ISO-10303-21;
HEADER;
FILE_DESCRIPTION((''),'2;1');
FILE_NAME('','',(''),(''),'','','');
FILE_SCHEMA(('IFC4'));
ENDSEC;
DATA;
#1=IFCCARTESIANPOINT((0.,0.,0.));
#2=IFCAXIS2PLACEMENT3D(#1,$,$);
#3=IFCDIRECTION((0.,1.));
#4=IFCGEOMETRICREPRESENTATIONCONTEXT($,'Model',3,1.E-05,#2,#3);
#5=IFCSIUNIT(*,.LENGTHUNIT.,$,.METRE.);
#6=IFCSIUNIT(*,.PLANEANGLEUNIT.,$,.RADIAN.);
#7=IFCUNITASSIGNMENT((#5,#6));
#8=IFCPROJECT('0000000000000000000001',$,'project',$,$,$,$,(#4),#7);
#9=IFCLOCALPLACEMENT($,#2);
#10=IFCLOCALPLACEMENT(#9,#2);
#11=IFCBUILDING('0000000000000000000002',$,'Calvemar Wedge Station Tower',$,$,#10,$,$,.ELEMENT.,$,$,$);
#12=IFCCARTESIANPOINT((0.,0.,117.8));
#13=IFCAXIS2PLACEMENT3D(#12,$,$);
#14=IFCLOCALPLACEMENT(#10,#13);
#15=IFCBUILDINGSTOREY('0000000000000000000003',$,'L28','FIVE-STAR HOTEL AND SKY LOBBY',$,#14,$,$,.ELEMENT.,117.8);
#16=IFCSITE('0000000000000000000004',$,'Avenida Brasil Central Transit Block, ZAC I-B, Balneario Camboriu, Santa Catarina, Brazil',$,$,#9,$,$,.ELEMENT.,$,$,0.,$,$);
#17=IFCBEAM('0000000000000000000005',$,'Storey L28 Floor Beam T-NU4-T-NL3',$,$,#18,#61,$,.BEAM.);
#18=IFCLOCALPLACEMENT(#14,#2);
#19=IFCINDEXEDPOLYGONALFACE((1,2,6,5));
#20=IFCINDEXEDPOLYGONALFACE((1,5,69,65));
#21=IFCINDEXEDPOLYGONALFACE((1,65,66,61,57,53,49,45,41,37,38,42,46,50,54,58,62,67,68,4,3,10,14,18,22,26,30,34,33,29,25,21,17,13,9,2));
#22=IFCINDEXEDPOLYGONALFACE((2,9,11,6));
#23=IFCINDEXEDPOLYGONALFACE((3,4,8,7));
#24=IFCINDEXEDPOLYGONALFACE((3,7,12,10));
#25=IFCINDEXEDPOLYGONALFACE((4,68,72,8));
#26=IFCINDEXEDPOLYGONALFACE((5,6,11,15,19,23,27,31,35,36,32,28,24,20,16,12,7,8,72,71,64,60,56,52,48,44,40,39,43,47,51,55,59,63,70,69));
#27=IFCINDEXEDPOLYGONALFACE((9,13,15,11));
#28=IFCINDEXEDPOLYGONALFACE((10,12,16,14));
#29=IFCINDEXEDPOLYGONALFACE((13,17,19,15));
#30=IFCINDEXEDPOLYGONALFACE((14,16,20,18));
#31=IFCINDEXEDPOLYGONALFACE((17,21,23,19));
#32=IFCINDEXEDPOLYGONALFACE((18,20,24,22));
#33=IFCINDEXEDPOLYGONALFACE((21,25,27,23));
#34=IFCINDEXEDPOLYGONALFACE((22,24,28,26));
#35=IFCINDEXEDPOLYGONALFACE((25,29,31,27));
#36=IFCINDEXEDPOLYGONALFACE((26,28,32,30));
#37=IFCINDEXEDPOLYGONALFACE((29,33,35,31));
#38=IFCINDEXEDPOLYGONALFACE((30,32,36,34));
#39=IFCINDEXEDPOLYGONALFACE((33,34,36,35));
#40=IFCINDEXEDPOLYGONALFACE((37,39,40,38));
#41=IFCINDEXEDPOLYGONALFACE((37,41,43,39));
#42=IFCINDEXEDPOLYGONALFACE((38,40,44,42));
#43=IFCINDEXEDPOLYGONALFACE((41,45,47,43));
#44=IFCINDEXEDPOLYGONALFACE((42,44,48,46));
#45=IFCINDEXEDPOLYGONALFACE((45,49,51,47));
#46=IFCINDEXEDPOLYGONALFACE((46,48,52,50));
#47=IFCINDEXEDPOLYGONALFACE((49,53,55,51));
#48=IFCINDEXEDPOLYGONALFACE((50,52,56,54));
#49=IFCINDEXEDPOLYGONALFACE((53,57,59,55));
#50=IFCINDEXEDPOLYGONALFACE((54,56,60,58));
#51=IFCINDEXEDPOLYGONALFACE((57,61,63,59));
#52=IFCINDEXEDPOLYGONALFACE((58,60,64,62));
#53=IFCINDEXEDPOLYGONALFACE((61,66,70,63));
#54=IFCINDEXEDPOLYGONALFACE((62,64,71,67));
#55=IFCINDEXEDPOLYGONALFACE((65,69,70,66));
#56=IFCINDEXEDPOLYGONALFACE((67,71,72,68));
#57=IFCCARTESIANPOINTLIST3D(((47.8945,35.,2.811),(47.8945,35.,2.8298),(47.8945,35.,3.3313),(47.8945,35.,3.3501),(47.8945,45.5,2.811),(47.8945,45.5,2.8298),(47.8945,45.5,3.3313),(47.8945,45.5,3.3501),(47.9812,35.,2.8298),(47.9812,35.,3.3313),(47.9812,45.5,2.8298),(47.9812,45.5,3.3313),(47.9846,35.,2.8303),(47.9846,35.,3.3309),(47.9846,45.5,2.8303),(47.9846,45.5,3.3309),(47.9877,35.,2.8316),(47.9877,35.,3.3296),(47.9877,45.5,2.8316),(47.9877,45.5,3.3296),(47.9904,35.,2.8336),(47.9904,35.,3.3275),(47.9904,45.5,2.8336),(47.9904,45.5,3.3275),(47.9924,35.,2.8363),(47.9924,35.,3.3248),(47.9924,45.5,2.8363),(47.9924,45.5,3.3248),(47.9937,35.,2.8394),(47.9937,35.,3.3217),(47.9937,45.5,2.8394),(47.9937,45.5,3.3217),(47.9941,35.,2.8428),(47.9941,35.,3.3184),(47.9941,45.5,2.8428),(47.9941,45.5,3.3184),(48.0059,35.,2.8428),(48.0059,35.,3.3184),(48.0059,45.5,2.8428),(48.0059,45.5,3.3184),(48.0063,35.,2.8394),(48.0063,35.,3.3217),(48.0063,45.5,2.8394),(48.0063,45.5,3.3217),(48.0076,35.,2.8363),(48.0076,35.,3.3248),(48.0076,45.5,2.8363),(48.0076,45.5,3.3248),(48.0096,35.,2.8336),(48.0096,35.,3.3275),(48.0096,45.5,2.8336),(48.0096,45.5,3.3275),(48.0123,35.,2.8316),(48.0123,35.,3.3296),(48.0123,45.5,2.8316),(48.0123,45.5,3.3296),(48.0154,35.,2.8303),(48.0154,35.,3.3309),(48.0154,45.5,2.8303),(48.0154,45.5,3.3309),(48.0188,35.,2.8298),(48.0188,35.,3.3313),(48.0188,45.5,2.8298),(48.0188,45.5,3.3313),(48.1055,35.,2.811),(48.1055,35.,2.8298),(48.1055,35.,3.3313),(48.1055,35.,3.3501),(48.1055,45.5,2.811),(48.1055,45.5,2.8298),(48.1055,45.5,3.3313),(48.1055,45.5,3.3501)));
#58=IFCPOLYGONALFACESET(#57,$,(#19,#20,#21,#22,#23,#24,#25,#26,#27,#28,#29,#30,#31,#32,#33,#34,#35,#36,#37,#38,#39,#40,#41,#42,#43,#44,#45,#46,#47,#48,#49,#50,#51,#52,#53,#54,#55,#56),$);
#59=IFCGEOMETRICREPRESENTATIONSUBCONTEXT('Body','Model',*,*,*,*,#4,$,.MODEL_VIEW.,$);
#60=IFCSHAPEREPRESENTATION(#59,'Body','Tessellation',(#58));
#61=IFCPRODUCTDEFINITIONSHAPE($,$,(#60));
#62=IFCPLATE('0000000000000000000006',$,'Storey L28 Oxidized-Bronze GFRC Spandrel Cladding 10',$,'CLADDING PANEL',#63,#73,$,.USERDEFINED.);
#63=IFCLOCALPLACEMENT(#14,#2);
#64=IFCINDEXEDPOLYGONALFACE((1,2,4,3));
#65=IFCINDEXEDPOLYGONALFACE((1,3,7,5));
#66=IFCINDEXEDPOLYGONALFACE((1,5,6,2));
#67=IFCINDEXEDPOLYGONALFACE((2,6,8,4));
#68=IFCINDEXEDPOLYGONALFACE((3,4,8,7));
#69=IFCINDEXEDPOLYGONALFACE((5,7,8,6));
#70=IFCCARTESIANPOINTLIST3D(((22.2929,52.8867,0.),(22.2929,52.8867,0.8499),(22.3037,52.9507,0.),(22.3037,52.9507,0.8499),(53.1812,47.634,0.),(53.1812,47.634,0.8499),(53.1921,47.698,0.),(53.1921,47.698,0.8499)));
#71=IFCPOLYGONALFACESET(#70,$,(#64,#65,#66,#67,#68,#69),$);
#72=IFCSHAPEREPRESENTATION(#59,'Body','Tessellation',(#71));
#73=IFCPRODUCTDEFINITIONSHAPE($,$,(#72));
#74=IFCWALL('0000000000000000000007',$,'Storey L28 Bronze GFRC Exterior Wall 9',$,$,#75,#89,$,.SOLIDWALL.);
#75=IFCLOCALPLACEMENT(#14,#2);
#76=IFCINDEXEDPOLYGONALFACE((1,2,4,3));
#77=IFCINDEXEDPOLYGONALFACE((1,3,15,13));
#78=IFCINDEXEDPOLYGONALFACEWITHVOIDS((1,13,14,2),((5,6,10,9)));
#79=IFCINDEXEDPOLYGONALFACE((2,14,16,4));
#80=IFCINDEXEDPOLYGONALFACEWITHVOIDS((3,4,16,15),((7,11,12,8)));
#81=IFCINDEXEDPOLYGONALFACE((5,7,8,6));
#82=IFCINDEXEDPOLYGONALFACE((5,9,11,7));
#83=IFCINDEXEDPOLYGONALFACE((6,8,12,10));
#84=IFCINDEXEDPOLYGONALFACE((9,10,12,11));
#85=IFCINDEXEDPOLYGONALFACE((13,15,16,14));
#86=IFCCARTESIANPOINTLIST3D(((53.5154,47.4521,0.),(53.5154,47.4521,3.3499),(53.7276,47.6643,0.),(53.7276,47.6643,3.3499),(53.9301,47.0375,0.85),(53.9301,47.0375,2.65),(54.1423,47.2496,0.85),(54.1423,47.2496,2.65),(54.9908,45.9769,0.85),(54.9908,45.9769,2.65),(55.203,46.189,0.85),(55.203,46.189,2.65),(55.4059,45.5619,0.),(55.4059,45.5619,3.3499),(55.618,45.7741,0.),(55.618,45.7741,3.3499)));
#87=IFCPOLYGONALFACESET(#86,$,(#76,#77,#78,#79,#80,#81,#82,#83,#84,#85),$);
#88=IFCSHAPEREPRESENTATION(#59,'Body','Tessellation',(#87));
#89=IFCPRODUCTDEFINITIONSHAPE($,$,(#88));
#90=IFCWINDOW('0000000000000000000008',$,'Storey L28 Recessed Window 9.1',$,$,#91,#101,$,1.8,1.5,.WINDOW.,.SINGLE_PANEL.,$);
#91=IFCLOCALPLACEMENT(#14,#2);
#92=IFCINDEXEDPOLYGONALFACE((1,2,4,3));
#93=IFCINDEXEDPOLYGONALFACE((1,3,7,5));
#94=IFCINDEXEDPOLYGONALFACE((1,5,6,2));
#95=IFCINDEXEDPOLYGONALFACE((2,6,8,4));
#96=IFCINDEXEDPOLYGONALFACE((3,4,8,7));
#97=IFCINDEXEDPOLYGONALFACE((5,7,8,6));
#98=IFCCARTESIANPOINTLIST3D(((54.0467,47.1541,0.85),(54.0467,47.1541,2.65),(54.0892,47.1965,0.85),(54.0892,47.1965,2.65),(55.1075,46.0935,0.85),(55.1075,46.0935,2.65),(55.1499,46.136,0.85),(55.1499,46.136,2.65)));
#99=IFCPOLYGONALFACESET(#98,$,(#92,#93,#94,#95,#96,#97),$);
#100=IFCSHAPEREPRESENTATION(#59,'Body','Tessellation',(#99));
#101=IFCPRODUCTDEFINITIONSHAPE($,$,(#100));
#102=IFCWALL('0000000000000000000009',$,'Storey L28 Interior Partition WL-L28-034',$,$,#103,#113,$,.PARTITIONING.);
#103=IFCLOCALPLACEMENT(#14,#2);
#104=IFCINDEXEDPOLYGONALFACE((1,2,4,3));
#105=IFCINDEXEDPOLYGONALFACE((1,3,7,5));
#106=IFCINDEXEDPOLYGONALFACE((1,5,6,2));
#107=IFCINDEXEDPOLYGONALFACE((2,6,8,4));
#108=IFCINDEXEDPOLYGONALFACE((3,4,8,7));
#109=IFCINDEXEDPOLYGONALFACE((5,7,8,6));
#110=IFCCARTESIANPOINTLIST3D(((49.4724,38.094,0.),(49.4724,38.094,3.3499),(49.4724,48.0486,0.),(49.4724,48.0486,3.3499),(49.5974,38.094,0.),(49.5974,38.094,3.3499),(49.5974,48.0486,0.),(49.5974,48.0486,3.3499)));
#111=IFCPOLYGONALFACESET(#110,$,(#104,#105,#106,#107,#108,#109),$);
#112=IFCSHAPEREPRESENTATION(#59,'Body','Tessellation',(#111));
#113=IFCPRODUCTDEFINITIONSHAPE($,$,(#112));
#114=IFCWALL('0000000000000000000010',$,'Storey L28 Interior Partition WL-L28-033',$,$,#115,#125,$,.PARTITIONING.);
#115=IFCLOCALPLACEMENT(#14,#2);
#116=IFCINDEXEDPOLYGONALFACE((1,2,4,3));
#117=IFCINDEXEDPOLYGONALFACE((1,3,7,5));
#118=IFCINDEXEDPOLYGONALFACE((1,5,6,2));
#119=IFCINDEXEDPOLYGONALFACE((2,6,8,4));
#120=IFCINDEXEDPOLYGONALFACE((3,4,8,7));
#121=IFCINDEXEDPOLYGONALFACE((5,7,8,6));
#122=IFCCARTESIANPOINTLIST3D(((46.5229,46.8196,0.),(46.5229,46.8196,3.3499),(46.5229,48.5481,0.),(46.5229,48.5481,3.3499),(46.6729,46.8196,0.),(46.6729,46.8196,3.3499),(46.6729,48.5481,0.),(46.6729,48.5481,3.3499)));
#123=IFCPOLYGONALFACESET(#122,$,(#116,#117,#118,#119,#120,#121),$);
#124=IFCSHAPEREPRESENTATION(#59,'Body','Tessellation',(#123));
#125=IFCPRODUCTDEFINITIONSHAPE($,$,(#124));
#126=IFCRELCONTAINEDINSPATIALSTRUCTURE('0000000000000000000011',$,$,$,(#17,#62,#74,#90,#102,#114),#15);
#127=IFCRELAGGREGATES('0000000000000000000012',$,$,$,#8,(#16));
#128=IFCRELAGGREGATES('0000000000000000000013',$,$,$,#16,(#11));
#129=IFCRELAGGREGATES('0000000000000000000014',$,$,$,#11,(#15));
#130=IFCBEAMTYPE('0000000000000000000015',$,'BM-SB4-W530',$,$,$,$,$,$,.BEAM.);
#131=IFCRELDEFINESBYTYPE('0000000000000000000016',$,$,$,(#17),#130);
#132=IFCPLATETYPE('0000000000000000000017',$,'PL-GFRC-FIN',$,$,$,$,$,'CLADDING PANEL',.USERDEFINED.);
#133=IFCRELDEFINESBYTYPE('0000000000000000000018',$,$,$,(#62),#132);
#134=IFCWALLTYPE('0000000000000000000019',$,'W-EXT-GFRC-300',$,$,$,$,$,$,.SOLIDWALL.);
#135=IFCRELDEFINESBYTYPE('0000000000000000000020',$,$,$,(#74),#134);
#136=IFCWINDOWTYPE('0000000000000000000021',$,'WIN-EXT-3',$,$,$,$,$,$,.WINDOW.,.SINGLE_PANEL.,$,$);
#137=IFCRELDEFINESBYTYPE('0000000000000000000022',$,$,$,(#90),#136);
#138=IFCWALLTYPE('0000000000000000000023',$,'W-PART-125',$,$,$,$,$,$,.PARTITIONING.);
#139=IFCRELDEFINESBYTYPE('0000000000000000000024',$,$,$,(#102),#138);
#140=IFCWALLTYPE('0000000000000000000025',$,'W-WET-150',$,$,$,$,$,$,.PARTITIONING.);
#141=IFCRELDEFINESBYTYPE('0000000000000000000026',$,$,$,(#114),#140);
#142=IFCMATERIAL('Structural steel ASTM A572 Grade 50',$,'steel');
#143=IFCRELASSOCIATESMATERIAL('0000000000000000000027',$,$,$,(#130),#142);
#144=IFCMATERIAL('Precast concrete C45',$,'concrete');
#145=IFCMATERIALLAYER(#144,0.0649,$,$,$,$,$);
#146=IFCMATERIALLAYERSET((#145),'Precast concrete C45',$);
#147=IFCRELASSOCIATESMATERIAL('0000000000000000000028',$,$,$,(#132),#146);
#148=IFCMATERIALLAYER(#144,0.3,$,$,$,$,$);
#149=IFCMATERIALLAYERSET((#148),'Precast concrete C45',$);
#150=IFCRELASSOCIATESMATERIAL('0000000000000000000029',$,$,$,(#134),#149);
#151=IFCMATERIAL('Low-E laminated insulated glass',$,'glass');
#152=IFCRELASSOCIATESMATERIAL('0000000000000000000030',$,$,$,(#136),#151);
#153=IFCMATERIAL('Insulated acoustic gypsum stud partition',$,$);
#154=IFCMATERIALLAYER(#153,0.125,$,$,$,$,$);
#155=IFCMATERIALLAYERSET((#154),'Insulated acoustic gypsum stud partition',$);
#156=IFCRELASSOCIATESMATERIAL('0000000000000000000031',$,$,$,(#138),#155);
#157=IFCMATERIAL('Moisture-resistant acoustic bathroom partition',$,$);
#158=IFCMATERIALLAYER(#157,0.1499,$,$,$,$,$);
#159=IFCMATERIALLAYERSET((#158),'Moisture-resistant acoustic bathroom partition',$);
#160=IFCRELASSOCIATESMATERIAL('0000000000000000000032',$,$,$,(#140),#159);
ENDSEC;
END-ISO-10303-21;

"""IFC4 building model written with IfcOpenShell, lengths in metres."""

from ifc_helpers import new_model, si_unit, direction, frame, frame_2d, origin, origin_2d, place, context, subcontext, project, spatial, rectangle, i_section, extrude, source, transform, mapped, material, layer, layer_set, material_profile, profile_set, type_object, element, fill, save


model = new_model("IFC4")

# Units and contexts
model_context = context("Model", 3, precision=1e-05, world=origin(), true_north=direction((0.0, 1.0)))
body_context = subcontext(model_context, "Body", "Model", "MODEL_VIEW")
ifc_project = project(units=[si_unit("LENGTHUNIT", "METRE"), si_unit("PLANEANGLEUNIT", "RADIAN")], contexts=[model_context])

# Site, building, storey
site_placement = place(None, origin())
site = spatial("IfcSite", under=ifc_project, at=site_placement, Name="Avenida Brasil Central Transit Block, ZAC I-B, Balneario Camboriu, Santa Catarina, Brazil", CompositionType="ELEMENT", RefElevation=0.0)
building_placement = place(site_placement, origin())
building = spatial("IfcBuilding", under=site, at=building_placement, Name="Calvemar Wedge Station Tower", CompositionType="ELEMENT")
storey_placement = place(building_placement, frame((0.0, 0.0, 117.8)))
storey = spatial("IfcBuildingStorey", under=building, at=storey_placement, Name="L28", Description="FIVE-STAR HOTEL AND SKY LOBBY", CompositionType="ELEMENT", Elevation=117.8)

# Beam
ifc_material_1 = material(Name="Structural steel ASTM A572 Grade 50", Category="steel")
ifc_material_profile = material_profile(ifc_material_1, i_section(OverallWidth=0.2109, OverallDepth=0.5391, WebThickness=0.0117, FlangeThickness=0.0188, FilletRadius=0.0129, at=origin_2d()), Name="W530x109")
ifc_profile_set = profile_set([ifc_material_profile], Name="Structural steel ASTM A572 Grade 50")
beam_type = type_object("IfcBeamType", Name="BM-SB4-W530", PredefinedType="BEAM", material=ifc_profile_set)
shared_shape_1 = source(origin(), body_context, "Body", "SweptSolid", [
    extrude(i_section(OverallWidth=0.2109, OverallDepth=0.5391, WebThickness=0.0117, FlangeThickness=0.0188, FilletRadius=0.0129, at=origin_2d()), origin(), (0.0, 0.0, 1.0), 10.5),
])
beam_placement = place(storey_placement, frame((48.0, 45.5, 3.0806), z_axis=(0.0, -1.0, 0.0), x_axis=(1.0, 0.0, 0.0)))
element("IfcBeam", 1, at=beam_placement, inside=storey, type_object=beam_type, Name="Storey L28 Floor Beam T-NU4-T-NL3", PredefinedType="BEAM", context=body_context, shape_type="MappedRepresentation", body=[
    mapped(shared_shape_1, transform((0.0, 0.0, 0.0), scale=1.0)),
])

# Plate
ifc_material_2 = material(Name="Precast concrete C45", Category="concrete")
ifc_layer_1 = layer(ifc_material_2, 0.0649)
ifc_layer_set_1 = layer_set([ifc_layer_1], Name="Precast concrete C45")
plate_type = type_object("IfcPlateType", Name="PL-GFRC-FIN", ElementType="CLADDING PANEL", PredefinedType="USERDEFINED", material=ifc_layer_set_1)
plate_placement = place(storey_placement, frame((53.1868, 47.666, 0.0), z_axis=(0.0, 0.0, 1.0), x_axis=(-0.985847, 0.167647, 0.0)))
element("IfcPlate", 2, at=plate_placement, inside=storey, type_object=plate_type, Name="Storey L28 Oxidized-Bronze GFRC Spandrel Cladding 10", ObjectType="CLADDING PANEL", PredefinedType="USERDEFINED", context=body_context, shape_type="SweptSolid", body=[
    extrude(rectangle(XDim=31.3318, YDim=0.0649, at=frame_2d((15.666, 0.0))), origin(), (0.0, 0.0, 1.0), 0.8499),
])

# Wall, opening, window
ifc_layer_2 = layer(ifc_material_2, 0.3)
ifc_layer_set_2 = layer_set([ifc_layer_2], Name="Precast concrete C45")
wall_type_1 = type_object("IfcWallType", Name="W-EXT-GFRC-300", PredefinedType="SOLIDWALL", material=ifc_layer_set_2)
wall_1_placement = place(storey_placement, frame((55.512, 45.668, 0.0), z_axis=(0.0, 0.0, 1.0), x_axis=(-0.707152, 0.707061, 0.0)))
wall_1 = element("IfcWall", 3, at=wall_1_placement, inside=storey, type_object=wall_type_1, Name="Storey L28 Bronze GFRC Exterior Wall 9", PredefinedType="SOLIDWALL", context=body_context, shape_type="SweptSolid", body=[
    extrude(rectangle(XDim=2.6733, YDim=0.3, at=frame_2d((1.3367, 0.0))), origin(), (0.0, 0.0, 1.0), 3.3499),
])
shared_shape_2 = source(origin(), body_context, "Body", "SweptSolid", [
    extrude(rectangle(XDim=1.5, YDim=1.8, at=frame_2d((0.75, 0.8999))), frame((0.0, 0.1602, 0.0), z_axis=(0.0, -1.0, 0.0), x_axis=(1.0, 0.0, 0.0)), (0.0, 0.0, 1.0), 0.3201),
])
opening_1_placement = place(wall_1_placement, frame((0.5869, 0.0, 0.8501)))
opening_1 = element("IfcOpeningElement", 4, at=opening_1_placement, cuts=wall_1, PredefinedType="OPENING", context=body_context, shape_type="MappedRepresentation", body=[
    mapped(shared_shape_2, transform((0.0, 0.0, 0.0), scale=1.0)),
])
ifc_material_3 = material(Name="Low-E laminated insulated glass", Category="glass")
window_type_1 = type_object("IfcWindowType", Name="WIN-EXT-3", PartitioningType="SINGLE_PANEL", PredefinedType="WINDOW", material=ifc_material_3)
shared_shape_3 = source(origin(), body_context, "Body", "SweptSolid", [
    extrude(rectangle(XDim=1.5, YDim=1.8, at=frame_2d((0.75, 0.8999))), frame((0.0, -0.0149, 0.0), z_axis=(0.0, -1.0, 0.0), x_axis=(1.0, 0.0, 0.0)), (0.0, 0.0, 1.0), 0.0601),
])
window_1_placement = place(opening_1_placement, origin())
window_1 = element("IfcWindow", 5, at=window_1_placement, inside=storey, type_object=window_type_1, Name="Storey L28 Recessed Window 9.1", OverallHeight=1.8, OverallWidth=1.5, PartitioningType="SINGLE_PANEL", PredefinedType="WINDOW", context=body_context, shape_type="MappedRepresentation", body=[
    mapped(shared_shape_3, transform((0.0, 0.0, 0.0), scale=1.0)),
])
fill(opening_1, window_1)

# Wall
ifc_material_4 = material(Name="Insulated acoustic gypsum stud partition")
ifc_layer_3 = layer(ifc_material_4, 0.125)
ifc_layer_set_3 = layer_set([ifc_layer_3], Name="Insulated acoustic gypsum stud partition")
wall_type_2 = type_object("IfcWallType", Name="W-PART-125", PredefinedType="PARTITIONING", material=ifc_layer_set_3)
wall_2_placement = place(storey_placement, frame((49.5349, 48.0486, 0.0), z_axis=(0.0, 0.0, 1.0), x_axis=(0.0, -1.0, 0.0)))
element("IfcWall", 6, at=wall_2_placement, inside=storey, type_object=wall_type_2, Name="Storey L28 Interior Partition WL-L28-034", PredefinedType="PARTITIONING", context=body_context, shape_type="SweptSolid", body=[
    extrude(rectangle(XDim=9.9546, YDim=0.125, at=frame_2d((4.9773, 0.0))), origin(), (0.0, 0.0, 1.0), 3.3499),
])

# Shared definitions
ifc_material_5 = material(Name="Moisture-resistant acoustic bathroom partition")
ifc_layer_4 = layer(ifc_material_5, 0.1499)
ifc_layer_set_4 = layer_set([ifc_layer_4], Name="Moisture-resistant acoustic bathroom partition")
wall_type_3 = type_object("IfcWallType", Name="W-WET-150", PredefinedType="PARTITIONING", material=ifc_layer_set_4)

# Wall
wall_3_placement = place(storey_placement, frame((46.5979, 48.5481, 0.0), z_axis=(0.0, 0.0, 1.0), x_axis=(0.0, -1.0, 0.0)))
element("IfcWall", 7, at=wall_3_placement, inside=storey, type_object=wall_type_3, Name="Storey L28 Interior Partition WL-L28-033", PredefinedType="PARTITIONING", context=body_context, shape_type="SweptSolid", body=[
    extrude(rectangle(XDim=1.7285, YDim=0.1499, at=frame_2d((0.8643, 0.0))), origin(), (0.0, 0.0, 1.0), 3.3499),
])

save(model, "model.ifc")
